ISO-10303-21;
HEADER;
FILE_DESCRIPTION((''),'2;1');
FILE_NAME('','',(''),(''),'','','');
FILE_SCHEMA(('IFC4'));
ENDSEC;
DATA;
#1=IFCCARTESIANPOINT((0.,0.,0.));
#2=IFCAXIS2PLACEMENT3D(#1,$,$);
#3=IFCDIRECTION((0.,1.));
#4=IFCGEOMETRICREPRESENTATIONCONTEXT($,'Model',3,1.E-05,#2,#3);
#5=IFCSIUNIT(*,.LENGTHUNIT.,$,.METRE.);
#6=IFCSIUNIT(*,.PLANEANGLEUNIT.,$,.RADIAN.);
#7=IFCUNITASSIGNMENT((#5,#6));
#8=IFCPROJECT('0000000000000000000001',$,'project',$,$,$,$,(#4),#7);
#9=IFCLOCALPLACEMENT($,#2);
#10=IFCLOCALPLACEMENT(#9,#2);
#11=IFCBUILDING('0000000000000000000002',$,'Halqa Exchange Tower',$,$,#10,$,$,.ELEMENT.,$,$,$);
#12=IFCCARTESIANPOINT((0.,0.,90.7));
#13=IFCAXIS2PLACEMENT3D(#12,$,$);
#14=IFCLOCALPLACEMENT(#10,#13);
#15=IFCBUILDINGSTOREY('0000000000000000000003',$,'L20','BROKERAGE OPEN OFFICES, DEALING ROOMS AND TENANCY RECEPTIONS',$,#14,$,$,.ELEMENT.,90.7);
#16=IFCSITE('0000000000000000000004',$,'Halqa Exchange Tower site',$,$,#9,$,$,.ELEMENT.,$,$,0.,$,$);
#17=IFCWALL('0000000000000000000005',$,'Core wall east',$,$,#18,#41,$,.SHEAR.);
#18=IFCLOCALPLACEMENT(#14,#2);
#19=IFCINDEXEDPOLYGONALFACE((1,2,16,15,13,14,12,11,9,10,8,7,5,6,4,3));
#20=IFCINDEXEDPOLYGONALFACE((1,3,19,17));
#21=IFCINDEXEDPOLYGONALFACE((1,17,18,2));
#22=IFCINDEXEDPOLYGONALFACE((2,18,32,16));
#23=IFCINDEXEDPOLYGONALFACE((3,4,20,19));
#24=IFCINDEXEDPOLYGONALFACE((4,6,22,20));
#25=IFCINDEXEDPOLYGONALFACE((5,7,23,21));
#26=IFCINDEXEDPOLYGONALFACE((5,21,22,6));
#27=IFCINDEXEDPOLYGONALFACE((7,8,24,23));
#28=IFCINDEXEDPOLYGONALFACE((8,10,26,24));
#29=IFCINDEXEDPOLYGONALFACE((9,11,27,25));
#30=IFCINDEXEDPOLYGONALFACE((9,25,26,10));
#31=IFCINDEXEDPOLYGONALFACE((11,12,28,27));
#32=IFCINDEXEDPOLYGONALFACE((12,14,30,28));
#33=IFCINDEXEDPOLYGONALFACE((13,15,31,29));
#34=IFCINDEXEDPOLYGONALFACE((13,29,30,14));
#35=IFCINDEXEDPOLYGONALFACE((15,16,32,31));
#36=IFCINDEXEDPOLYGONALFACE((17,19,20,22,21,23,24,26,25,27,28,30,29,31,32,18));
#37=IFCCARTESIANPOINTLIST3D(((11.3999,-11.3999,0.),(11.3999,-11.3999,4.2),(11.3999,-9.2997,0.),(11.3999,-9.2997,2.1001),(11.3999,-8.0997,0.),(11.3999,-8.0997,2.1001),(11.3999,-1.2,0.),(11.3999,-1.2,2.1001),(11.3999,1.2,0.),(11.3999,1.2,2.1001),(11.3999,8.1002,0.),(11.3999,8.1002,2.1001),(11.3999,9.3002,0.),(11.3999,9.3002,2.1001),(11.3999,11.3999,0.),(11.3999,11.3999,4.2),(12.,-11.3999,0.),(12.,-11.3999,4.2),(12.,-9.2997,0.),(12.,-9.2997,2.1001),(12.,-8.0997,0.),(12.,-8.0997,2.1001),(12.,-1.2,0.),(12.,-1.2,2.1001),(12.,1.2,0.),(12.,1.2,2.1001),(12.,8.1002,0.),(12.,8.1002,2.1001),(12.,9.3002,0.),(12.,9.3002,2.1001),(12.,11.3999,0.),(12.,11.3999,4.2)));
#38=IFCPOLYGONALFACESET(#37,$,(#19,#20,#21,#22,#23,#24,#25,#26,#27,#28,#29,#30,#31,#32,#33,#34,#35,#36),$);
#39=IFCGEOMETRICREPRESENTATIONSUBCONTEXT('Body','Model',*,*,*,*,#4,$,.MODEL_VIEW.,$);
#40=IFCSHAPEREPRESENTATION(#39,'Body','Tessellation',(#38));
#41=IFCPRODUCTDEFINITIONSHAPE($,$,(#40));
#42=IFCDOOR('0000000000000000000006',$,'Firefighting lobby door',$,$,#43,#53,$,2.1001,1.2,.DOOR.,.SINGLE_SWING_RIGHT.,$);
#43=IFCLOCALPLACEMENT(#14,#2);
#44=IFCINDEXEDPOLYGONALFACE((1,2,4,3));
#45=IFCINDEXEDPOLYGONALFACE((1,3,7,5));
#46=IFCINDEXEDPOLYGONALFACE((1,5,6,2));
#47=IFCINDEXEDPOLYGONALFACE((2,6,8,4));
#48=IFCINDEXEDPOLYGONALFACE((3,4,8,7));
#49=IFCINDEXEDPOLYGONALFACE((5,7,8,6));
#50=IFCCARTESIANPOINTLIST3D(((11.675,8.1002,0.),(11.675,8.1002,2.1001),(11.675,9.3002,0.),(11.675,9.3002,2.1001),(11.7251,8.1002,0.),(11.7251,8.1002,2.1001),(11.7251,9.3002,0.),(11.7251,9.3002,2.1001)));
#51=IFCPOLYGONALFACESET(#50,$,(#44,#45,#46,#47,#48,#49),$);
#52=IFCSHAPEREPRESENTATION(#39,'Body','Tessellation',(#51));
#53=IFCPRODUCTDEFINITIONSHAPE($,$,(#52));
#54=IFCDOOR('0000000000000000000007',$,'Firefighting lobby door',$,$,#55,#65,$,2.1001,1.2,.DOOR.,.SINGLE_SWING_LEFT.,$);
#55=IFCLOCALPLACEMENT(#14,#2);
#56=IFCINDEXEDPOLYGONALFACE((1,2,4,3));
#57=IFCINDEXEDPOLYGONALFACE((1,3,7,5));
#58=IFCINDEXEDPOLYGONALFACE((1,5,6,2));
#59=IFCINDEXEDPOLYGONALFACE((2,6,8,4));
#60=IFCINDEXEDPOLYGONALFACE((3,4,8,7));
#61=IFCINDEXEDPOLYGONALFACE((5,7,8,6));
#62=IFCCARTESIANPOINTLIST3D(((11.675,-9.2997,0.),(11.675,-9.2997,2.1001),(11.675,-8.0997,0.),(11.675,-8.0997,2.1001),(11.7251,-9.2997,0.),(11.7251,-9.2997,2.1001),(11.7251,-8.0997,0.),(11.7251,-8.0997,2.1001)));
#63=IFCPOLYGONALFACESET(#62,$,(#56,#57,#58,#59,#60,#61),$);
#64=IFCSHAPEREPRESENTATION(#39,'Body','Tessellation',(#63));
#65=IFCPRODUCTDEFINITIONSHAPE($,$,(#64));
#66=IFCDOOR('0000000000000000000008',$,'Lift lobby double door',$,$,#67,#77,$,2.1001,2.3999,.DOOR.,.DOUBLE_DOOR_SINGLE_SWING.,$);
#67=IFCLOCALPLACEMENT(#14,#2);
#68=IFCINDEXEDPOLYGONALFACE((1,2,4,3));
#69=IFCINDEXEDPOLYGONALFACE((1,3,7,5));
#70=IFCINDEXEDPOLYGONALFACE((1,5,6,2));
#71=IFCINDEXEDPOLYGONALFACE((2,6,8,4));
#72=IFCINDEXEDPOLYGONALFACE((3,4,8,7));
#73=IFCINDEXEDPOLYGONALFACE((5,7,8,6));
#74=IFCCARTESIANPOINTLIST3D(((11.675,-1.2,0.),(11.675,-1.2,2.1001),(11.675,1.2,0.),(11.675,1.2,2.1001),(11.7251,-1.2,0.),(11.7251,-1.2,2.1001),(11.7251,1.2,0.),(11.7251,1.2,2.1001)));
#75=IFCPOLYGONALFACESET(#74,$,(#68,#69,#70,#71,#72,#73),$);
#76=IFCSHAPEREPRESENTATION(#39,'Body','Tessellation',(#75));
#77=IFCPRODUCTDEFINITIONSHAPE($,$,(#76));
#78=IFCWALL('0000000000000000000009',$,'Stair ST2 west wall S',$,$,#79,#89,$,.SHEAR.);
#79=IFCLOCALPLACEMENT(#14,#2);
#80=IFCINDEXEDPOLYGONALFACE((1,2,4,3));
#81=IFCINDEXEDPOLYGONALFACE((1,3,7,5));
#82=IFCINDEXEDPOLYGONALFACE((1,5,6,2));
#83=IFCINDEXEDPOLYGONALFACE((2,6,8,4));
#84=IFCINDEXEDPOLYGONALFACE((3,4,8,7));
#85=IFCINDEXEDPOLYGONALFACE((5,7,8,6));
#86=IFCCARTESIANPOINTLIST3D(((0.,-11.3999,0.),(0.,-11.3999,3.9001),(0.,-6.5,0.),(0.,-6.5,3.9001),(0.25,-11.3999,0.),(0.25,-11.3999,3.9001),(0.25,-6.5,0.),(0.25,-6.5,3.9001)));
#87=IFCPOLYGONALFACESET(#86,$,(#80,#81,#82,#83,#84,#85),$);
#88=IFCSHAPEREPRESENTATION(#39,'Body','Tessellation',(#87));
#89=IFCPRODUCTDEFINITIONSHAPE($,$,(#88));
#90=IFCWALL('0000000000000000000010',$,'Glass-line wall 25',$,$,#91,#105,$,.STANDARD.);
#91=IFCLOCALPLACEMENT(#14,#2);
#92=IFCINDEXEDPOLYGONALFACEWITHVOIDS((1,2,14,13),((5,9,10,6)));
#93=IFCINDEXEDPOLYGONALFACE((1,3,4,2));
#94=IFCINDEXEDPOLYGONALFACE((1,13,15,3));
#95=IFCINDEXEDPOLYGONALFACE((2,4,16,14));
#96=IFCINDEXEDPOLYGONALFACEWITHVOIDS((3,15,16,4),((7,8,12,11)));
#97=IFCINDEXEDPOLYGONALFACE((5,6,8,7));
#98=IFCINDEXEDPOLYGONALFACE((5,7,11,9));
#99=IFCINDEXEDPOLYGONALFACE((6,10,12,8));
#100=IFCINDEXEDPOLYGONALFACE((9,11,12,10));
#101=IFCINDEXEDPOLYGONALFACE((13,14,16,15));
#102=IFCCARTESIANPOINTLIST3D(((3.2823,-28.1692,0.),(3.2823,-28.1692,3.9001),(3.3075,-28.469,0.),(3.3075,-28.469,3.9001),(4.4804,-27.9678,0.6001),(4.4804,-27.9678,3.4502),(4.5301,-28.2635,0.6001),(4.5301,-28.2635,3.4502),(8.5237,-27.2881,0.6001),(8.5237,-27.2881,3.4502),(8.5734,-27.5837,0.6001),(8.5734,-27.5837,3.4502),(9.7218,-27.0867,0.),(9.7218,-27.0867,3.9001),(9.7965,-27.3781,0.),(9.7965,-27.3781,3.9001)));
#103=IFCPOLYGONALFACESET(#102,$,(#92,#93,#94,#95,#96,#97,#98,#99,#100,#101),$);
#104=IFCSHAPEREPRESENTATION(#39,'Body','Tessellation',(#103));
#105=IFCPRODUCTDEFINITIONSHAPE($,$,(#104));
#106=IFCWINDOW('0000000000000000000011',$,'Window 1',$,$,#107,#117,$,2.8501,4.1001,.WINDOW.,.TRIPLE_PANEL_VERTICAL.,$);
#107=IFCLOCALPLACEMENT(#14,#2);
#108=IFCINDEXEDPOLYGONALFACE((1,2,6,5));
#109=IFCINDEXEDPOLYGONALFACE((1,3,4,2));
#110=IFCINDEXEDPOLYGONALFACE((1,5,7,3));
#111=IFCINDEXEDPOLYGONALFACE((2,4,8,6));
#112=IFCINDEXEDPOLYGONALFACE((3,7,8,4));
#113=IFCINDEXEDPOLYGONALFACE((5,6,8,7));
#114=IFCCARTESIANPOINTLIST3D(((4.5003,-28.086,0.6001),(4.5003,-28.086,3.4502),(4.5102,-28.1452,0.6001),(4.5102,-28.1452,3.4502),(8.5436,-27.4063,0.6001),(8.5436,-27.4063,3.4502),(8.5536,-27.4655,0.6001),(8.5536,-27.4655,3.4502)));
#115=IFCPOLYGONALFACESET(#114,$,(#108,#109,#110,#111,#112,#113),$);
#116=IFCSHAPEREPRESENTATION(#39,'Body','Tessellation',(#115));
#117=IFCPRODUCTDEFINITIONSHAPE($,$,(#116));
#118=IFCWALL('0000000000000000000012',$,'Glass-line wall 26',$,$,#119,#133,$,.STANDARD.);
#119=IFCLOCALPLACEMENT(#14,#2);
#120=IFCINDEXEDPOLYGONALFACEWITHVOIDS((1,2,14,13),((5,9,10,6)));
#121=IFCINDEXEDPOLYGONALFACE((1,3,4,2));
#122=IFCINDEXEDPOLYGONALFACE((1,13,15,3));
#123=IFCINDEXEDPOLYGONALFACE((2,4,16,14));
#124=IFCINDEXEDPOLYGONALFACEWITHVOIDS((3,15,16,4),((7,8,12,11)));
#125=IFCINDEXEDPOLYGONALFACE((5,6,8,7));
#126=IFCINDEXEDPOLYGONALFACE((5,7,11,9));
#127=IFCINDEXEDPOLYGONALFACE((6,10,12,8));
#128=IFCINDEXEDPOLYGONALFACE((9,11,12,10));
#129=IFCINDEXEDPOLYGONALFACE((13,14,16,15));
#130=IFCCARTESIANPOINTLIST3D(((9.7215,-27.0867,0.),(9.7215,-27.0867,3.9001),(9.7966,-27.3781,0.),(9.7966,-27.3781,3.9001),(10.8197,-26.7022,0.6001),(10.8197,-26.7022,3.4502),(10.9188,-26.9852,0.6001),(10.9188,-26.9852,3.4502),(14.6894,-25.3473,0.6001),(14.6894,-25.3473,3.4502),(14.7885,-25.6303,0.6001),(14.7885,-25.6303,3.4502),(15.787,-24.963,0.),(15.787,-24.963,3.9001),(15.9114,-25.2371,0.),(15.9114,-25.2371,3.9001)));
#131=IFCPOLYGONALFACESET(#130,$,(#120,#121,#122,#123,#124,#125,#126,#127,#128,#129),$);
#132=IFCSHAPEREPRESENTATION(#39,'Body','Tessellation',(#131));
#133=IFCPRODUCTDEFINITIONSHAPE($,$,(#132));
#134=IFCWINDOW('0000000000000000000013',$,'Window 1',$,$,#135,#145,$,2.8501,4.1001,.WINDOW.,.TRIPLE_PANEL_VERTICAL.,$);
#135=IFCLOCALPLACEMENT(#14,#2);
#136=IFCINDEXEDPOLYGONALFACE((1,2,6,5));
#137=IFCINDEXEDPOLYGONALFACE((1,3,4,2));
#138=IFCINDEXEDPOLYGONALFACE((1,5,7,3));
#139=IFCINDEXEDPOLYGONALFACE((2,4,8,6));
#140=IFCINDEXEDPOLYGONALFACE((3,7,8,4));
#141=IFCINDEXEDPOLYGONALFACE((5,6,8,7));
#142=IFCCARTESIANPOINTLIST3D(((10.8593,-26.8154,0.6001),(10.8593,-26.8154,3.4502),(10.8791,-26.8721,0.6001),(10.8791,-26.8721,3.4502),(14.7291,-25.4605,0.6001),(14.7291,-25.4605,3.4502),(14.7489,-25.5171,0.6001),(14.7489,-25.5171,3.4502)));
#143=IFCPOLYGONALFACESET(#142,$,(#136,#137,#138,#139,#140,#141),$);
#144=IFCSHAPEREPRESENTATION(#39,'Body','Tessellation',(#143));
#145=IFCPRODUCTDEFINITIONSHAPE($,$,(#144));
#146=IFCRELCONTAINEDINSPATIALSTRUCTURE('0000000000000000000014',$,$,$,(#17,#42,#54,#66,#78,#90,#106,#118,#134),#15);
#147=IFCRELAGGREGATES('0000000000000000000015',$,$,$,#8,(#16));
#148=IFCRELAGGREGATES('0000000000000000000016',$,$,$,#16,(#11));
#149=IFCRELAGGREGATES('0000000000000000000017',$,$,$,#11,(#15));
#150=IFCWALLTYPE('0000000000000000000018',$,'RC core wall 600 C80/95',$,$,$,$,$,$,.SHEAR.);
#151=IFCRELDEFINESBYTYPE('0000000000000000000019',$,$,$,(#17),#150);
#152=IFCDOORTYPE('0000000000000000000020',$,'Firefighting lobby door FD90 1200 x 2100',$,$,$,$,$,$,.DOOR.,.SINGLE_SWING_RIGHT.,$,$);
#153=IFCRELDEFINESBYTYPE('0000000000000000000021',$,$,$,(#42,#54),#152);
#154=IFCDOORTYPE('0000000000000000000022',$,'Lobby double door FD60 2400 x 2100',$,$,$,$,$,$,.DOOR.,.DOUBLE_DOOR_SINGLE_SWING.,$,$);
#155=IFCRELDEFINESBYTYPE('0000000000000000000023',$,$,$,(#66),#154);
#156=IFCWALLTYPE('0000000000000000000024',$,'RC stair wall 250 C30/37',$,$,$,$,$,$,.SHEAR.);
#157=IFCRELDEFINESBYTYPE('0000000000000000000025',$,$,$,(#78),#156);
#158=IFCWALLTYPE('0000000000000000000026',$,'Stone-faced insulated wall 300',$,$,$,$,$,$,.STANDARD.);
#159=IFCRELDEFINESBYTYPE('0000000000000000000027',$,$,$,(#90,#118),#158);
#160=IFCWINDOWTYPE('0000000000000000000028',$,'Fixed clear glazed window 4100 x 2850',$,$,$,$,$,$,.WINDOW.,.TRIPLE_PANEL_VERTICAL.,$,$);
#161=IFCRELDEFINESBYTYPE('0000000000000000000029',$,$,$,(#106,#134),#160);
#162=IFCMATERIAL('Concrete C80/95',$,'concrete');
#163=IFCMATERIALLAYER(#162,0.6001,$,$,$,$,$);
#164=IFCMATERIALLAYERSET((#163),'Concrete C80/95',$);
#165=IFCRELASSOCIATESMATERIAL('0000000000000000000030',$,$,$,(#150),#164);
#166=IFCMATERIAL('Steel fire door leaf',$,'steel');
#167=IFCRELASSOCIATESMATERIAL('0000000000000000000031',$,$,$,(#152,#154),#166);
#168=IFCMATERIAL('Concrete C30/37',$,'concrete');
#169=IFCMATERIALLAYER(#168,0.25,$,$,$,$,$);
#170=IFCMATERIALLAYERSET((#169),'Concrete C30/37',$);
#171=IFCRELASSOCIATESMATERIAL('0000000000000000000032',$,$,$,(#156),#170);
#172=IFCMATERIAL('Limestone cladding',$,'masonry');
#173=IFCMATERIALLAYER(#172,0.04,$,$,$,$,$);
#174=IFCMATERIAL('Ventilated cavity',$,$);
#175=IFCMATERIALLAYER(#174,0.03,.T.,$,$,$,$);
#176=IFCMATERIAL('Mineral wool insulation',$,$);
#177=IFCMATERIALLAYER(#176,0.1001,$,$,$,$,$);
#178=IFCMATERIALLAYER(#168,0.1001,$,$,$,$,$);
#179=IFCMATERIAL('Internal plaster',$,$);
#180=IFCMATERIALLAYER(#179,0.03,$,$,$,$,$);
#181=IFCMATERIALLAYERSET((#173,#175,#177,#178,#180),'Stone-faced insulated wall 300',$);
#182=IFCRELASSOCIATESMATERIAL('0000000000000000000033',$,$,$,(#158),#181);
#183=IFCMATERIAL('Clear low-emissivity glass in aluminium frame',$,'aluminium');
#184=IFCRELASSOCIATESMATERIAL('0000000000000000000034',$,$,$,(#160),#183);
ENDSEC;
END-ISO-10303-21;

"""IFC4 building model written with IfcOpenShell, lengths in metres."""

from ifc_helpers import new_model, si_unit, direction, frame, frame_2d, origin, place, context, subcontext, project, spatial, polyline, rectangle, outline, extrude, material, layer, layer_set, type_object, element, fill, save


model = new_model("IFC4")

# Units and contexts
model_context = context("Model", 3, precision=1e-05, world=origin(), true_north=direction((0.0, 1.0)))
body_context = subcontext(model_context, "Body", "Model", "MODEL_VIEW")
ifc_project = project(units=[si_unit("LENGTHUNIT", "METRE"), si_unit("PLANEANGLEUNIT", "RADIAN")], contexts=[model_context])

# Site, building, storey
site_placement = place(None, origin())
site = spatial("IfcSite", under=ifc_project, at=site_placement, Name="Halqa Exchange Tower site", CompositionType="ELEMENT", RefElevation=0.0)
building_placement = place(site_placement, origin())
building = spatial("IfcBuilding", under=site, at=building_placement, Name="Halqa Exchange Tower", CompositionType="ELEMENT")
storey_placement = place(building_placement, frame((0.0, 0.0, 90.7)))
storey = spatial("IfcBuildingStorey", under=building, at=storey_placement, Name="L20", Description="BROKERAGE OPEN OFFICES, DEALING ROOMS AND TENANCY RECEPTIONS", CompositionType="ELEMENT", Elevation=90.7)

# Wall, openings, doors
ifc_material_1 = material(Name="Concrete C80/95", Category="concrete")
ifc_layer_1 = layer(ifc_material_1, 0.6001)
ifc_layer_set_1 = layer_set([ifc_layer_1], Name="Concrete C80/95")
wall_type_1 = type_object("IfcWallType", Name="RC core wall 600 C80/95", PredefinedType="SHEAR", material=ifc_layer_set_1)
wall_1_placement = place(storey_placement, frame((11.7, -11.3999, 0.0), z_axis=(0.0, 0.0, 1.0), x_axis=(0.0, 1.0, 0.0)))
wall_1 = element("IfcWall", 1, at=wall_1_placement, inside=storey, type_object=wall_type_1, Name="Core wall east", PredefinedType="SHEAR", context=body_context, shape_type="SweptSolid", body=[
    extrude(rectangle(XDim=22.7998, YDim=0.6001, at=frame_2d((11.3999, 0.0))), origin(), (0.0, 0.0, 1.0), 4.2),
])
opening_1_placement = place(wall_1_placement, frame((10.2, 0.0, 0.0)))
opening_1 = element("IfcOpeningElement", 2, at=opening_1_placement, cuts=wall_1, PredefinedType="OPENING", context=body_context, shape_type="SweptSolid", body=[
    extrude(rectangle(XDim=2.3999, YDim=2.1001, at=frame_2d((1.2, 1.05))), frame((0.0, 0.312, 0.0), z_axis=(0.0, -1.0, 0.0), x_axis=(1.0, 0.0, 0.0)), (0.0, 0.0, 1.0), 0.624),
])
opening_2_placement = place(wall_1_placement, frame((19.5, 0.0, 0.0)))
opening_2 = element("IfcOpeningElement", 3, at=opening_2_placement, cuts=wall_1, PredefinedType="OPENING", context=body_context, shape_type="SweptSolid", body=[
    extrude(rectangle(XDim=1.2, YDim=2.1001, at=frame_2d((0.6001, 1.05))), frame((0.0, 0.312, 0.0), z_axis=(0.0, -1.0, 0.0), x_axis=(1.0, 0.0, 0.0)), (0.0, 0.0, 1.0), 0.624),
])
opening_3_placement = place(wall_1_placement, frame((2.1001, 0.0, 0.0)))
opening_3 = element("IfcOpeningElement", 4, at=opening_3_placement, cuts=wall_1, PredefinedType="OPENING", context=body_context, shape_type="SweptSolid", body=[
    extrude(rectangle(XDim=1.2, YDim=2.1001, at=frame_2d((0.6001, 1.05))), frame((0.0, 0.312, 0.0), z_axis=(0.0, -1.0, 0.0), x_axis=(1.0, 0.0, 0.0)), (0.0, 0.0, 1.0), 0.624),
])
ifc_material_2 = material(Name="Steel fire door leaf", Category="steel")
door_type_1 = type_object("IfcDoorType", Name="Firefighting lobby door FD90 1200 x 2100", OperationType="SINGLE_SWING_RIGHT", PredefinedType="DOOR", material=ifc_material_2)
door_1_placement = place(opening_2_placement, origin())
door_1 = element("IfcDoor", 5, at=door_1_placement, inside=storey, type_object=door_type_1, Name="Firefighting lobby door", OperationType="SINGLE_SWING_RIGHT", OverallHeight=2.1001, OverallWidth=1.2, PredefinedType="DOOR", context=body_context, shape_type="SweptSolid", body=[
    extrude(rectangle(XDim=1.2, YDim=2.1001, at=frame_2d((0.6001, 1.05))), frame((0.0, 0.0249, 0.0), z_axis=(0.0, -1.0, 0.0), x_axis=(1.0, 0.0, 0.0)), (0.0, 0.0, 1.0), 0.05),
])
fill(opening_2, door_1)
door_2_placement = place(opening_3_placement, origin())
door_2 = element("IfcDoor", 6, at=door_2_placement, inside=storey, type_object=door_type_1, Name="Firefighting lobby door", OperationType="SINGLE_SWING_LEFT", OverallHeight=2.1001, OverallWidth=1.2, PredefinedType="DOOR", context=body_context, shape_type="SweptSolid", body=[
    extrude(rectangle(XDim=1.2, YDim=2.1001, at=frame_2d((0.6001, 1.05))), frame((0.0, 0.0249, 0.0), z_axis=(0.0, -1.0, 0.0), x_axis=(1.0, 0.0, 0.0)), (0.0, 0.0, 1.0), 0.05),
])
fill(opening_3, door_2)
door_type_2 = type_object("IfcDoorType", Name="Lobby double door FD60 2400 x 2100", OperationType="DOUBLE_DOOR_SINGLE_SWING", PredefinedType="DOOR", material=ifc_material_2)
door_3_placement = place(opening_1_placement, origin())
door_3 = element("IfcDoor", 7, at=door_3_placement, inside=storey, type_object=door_type_2, Name="Lift lobby double door", OperationType="DOUBLE_DOOR_SINGLE_SWING", OverallHeight=2.1001, OverallWidth=2.3999, PredefinedType="DOOR", context=body_context, shape_type="SweptSolid", body=[
    extrude(rectangle(XDim=2.3999, YDim=2.1001, at=frame_2d((1.2, 1.05))), frame((0.0, 0.0249, 0.0), z_axis=(0.0, -1.0, 0.0), x_axis=(1.0, 0.0, 0.0)), (0.0, 0.0, 1.0), 0.05),
])
fill(opening_1, door_3)

# Wall
ifc_material_3 = material(Name="Concrete C30/37", Category="concrete")
ifc_layer_2 = layer(ifc_material_3, 0.25)
ifc_layer_set_2 = layer_set([ifc_layer_2], Name="Concrete C30/37")
wall_type_2 = type_object("IfcWallType", Name="RC stair wall 250 C30/37", PredefinedType="SHEAR", material=ifc_layer_set_2)
wall_2_placement = place(storey_placement, frame((0.125, -11.3999, 0.0), z_axis=(0.0, 0.0, 1.0), x_axis=(0.0, 1.0, 0.0)))
element("IfcWall", 8, at=wall_2_placement, inside=storey, type_object=wall_type_2, Name="Stair ST2 west wall S", PredefinedType="SHEAR", context=body_context, shape_type="SweptSolid", body=[
    extrude(rectangle(XDim=4.8999, YDim=0.25, at=frame_2d((2.45, 0.0))), origin(), (0.0, 0.0, 1.0), 3.9001),
])

# Walls, openings, windows
ifc_material_4 = material(Name="Limestone cladding", Category="masonry")
ifc_layer_3 = layer(ifc_material_4, 0.04)
ifc_material_5 = material(Name="Ventilated cavity")
ifc_layer_4 = layer(ifc_material_5, 0.03, ventilated=True)
ifc_material_6 = material(Name="Mineral wool insulation")
ifc_layer_5 = layer(ifc_material_6, 0.1001)
ifc_layer_6 = layer(ifc_material_3, 0.1001)
ifc_material_7 = material(Name="Internal plaster")
ifc_layer_7 = layer(ifc_material_7, 0.03)
ifc_layer_set_3 = layer_set([ifc_layer_3, ifc_layer_4, ifc_layer_5, ifc_layer_6, ifc_layer_7], Name="Stone-faced insulated wall 300")
wall_type_3 = type_object("IfcWallType", Name="Stone-faced insulated wall 300", PredefinedType="STANDARD", material=ifc_layer_set_3)
wall_3_placement = place(storey_placement, frame((3.2949, -28.3191, 0.0), z_axis=(0.0, 0.0, 1.0), x_axis=(0.986162, 0.165782, 0.0)))
wall_3 = element("IfcWall", 9, at=wall_3_placement, inside=storey, type_object=wall_type_3, Name="Glass-line wall 25", PredefinedType="STANDARD", context=body_context, shape_type="SweptSolid", body=[
    extrude(outline(polyline([(-0.0125, -0.1499), (6.5676, -0.1499), (6.5422, 0.1499), (0.0125, 0.1499), (-0.0125, -0.1499)])), origin(), (0.0, 0.0, 1.0), 3.9001),
])
opening_4_placement = place(wall_3_placement, frame((1.2273, 0.0, 0.6001)))
opening_4 = element("IfcOpeningElement", 10, at=opening_4_placement, cuts=wall_3, PredefinedType="OPENING", context=body_context, shape_type="SweptSolid", body=[
    extrude(rectangle(XDim=4.1001, YDim=2.8501, at=frame_2d((2.05, 1.425))), frame((0.0, 0.1621, 0.0), z_axis=(0.0, -1.0, 0.0), x_axis=(1.0, 0.0, 0.0)), (0.0, 0.0, 1.0), 0.324),
])
ifc_material_8 = material(Name="Clear low-emissivity glass in aluminium frame", Category="aluminium")
window_type = type_object("IfcWindowType", Name="Fixed clear glazed window 4100 x 2850", PartitioningType="TRIPLE_PANEL_VERTICAL", PredefinedType="WINDOW", material=ifc_material_8)
window_1_placement = place(opening_4_placement, origin())
window_1 = element("IfcWindow", 11, at=window_1_placement, inside=storey, type_object=window_type, Name="Window 1", OverallHeight=2.8501, OverallWidth=4.1001, PartitioningType="TRIPLE_PANEL_VERTICAL", PredefinedType="WINDOW", context=body_context, shape_type="SweptSolid", body=[
    extrude(rectangle(XDim=4.1001, YDim=2.8501, at=frame_2d((2.05, 1.425))), frame((0.0, 0.03, 0.0), z_axis=(0.0, -1.0, 0.0), x_axis=(1.0, 0.0, 0.0)), (0.0, 0.0, 1.0), 0.0601),
])
fill(opening_4, window_1)
wall_4_placement = place(storey_placement, frame((9.759, -27.2324, 0.0), z_axis=(0.0, 0.0, 1.0), x_axis=(0.94382, 0.33046, 0.0)))
wall_4 = element("IfcWall", 12, at=wall_4_placement, inside=storey, type_object=wall_type_3, Name="Glass-line wall 26", PredefinedType="STANDARD", context=body_context, shape_type="SweptSolid", body=[
    extrude(outline(polyline([(-0.0127, -0.1499), (6.4661, -0.1499), (6.4392, 0.1499), (0.0127, 0.1499), (-0.0127, -0.1499)])), origin(), (0.0, 0.0, 1.0), 3.9001),
])
opening_5_placement = place(wall_4_placement, frame((1.1763, 0.0, 0.6001)))
opening_5 = element("IfcOpeningElement", 13, at=opening_5_placement, cuts=wall_4, PredefinedType="OPENING", context=body_context, shape_type="SweptSolid", body=[
    extrude(rectangle(XDim=4.1001, YDim=2.8501, at=frame_2d((2.05, 1.425))), frame((0.0, 0.1621, 0.0), z_axis=(0.0, -1.0, 0.0), x_axis=(1.0, 0.0, 0.0)), (0.0, 0.0, 1.0), 0.324),
])
window_2_placement = place(opening_5_placement, origin())
window_2 = element("IfcWindow", 14, at=window_2_placement, inside=storey, type_object=window_type, Name="Window 1", OverallHeight=2.8501, OverallWidth=4.1001, PartitioningType="TRIPLE_PANEL_VERTICAL", PredefinedType="WINDOW", context=body_context, shape_type="SweptSolid", body=[
    extrude(rectangle(XDim=4.1001, YDim=2.8501, at=frame_2d((2.05, 1.425))), frame((0.0, 0.03, 0.0), z_axis=(0.0, -1.0, 0.0), x_axis=(1.0, 0.0, 0.0)), (0.0, 0.0, 1.0), 0.0601),
])
fill(opening_5, window_2)

save(model, "model.ifc")
